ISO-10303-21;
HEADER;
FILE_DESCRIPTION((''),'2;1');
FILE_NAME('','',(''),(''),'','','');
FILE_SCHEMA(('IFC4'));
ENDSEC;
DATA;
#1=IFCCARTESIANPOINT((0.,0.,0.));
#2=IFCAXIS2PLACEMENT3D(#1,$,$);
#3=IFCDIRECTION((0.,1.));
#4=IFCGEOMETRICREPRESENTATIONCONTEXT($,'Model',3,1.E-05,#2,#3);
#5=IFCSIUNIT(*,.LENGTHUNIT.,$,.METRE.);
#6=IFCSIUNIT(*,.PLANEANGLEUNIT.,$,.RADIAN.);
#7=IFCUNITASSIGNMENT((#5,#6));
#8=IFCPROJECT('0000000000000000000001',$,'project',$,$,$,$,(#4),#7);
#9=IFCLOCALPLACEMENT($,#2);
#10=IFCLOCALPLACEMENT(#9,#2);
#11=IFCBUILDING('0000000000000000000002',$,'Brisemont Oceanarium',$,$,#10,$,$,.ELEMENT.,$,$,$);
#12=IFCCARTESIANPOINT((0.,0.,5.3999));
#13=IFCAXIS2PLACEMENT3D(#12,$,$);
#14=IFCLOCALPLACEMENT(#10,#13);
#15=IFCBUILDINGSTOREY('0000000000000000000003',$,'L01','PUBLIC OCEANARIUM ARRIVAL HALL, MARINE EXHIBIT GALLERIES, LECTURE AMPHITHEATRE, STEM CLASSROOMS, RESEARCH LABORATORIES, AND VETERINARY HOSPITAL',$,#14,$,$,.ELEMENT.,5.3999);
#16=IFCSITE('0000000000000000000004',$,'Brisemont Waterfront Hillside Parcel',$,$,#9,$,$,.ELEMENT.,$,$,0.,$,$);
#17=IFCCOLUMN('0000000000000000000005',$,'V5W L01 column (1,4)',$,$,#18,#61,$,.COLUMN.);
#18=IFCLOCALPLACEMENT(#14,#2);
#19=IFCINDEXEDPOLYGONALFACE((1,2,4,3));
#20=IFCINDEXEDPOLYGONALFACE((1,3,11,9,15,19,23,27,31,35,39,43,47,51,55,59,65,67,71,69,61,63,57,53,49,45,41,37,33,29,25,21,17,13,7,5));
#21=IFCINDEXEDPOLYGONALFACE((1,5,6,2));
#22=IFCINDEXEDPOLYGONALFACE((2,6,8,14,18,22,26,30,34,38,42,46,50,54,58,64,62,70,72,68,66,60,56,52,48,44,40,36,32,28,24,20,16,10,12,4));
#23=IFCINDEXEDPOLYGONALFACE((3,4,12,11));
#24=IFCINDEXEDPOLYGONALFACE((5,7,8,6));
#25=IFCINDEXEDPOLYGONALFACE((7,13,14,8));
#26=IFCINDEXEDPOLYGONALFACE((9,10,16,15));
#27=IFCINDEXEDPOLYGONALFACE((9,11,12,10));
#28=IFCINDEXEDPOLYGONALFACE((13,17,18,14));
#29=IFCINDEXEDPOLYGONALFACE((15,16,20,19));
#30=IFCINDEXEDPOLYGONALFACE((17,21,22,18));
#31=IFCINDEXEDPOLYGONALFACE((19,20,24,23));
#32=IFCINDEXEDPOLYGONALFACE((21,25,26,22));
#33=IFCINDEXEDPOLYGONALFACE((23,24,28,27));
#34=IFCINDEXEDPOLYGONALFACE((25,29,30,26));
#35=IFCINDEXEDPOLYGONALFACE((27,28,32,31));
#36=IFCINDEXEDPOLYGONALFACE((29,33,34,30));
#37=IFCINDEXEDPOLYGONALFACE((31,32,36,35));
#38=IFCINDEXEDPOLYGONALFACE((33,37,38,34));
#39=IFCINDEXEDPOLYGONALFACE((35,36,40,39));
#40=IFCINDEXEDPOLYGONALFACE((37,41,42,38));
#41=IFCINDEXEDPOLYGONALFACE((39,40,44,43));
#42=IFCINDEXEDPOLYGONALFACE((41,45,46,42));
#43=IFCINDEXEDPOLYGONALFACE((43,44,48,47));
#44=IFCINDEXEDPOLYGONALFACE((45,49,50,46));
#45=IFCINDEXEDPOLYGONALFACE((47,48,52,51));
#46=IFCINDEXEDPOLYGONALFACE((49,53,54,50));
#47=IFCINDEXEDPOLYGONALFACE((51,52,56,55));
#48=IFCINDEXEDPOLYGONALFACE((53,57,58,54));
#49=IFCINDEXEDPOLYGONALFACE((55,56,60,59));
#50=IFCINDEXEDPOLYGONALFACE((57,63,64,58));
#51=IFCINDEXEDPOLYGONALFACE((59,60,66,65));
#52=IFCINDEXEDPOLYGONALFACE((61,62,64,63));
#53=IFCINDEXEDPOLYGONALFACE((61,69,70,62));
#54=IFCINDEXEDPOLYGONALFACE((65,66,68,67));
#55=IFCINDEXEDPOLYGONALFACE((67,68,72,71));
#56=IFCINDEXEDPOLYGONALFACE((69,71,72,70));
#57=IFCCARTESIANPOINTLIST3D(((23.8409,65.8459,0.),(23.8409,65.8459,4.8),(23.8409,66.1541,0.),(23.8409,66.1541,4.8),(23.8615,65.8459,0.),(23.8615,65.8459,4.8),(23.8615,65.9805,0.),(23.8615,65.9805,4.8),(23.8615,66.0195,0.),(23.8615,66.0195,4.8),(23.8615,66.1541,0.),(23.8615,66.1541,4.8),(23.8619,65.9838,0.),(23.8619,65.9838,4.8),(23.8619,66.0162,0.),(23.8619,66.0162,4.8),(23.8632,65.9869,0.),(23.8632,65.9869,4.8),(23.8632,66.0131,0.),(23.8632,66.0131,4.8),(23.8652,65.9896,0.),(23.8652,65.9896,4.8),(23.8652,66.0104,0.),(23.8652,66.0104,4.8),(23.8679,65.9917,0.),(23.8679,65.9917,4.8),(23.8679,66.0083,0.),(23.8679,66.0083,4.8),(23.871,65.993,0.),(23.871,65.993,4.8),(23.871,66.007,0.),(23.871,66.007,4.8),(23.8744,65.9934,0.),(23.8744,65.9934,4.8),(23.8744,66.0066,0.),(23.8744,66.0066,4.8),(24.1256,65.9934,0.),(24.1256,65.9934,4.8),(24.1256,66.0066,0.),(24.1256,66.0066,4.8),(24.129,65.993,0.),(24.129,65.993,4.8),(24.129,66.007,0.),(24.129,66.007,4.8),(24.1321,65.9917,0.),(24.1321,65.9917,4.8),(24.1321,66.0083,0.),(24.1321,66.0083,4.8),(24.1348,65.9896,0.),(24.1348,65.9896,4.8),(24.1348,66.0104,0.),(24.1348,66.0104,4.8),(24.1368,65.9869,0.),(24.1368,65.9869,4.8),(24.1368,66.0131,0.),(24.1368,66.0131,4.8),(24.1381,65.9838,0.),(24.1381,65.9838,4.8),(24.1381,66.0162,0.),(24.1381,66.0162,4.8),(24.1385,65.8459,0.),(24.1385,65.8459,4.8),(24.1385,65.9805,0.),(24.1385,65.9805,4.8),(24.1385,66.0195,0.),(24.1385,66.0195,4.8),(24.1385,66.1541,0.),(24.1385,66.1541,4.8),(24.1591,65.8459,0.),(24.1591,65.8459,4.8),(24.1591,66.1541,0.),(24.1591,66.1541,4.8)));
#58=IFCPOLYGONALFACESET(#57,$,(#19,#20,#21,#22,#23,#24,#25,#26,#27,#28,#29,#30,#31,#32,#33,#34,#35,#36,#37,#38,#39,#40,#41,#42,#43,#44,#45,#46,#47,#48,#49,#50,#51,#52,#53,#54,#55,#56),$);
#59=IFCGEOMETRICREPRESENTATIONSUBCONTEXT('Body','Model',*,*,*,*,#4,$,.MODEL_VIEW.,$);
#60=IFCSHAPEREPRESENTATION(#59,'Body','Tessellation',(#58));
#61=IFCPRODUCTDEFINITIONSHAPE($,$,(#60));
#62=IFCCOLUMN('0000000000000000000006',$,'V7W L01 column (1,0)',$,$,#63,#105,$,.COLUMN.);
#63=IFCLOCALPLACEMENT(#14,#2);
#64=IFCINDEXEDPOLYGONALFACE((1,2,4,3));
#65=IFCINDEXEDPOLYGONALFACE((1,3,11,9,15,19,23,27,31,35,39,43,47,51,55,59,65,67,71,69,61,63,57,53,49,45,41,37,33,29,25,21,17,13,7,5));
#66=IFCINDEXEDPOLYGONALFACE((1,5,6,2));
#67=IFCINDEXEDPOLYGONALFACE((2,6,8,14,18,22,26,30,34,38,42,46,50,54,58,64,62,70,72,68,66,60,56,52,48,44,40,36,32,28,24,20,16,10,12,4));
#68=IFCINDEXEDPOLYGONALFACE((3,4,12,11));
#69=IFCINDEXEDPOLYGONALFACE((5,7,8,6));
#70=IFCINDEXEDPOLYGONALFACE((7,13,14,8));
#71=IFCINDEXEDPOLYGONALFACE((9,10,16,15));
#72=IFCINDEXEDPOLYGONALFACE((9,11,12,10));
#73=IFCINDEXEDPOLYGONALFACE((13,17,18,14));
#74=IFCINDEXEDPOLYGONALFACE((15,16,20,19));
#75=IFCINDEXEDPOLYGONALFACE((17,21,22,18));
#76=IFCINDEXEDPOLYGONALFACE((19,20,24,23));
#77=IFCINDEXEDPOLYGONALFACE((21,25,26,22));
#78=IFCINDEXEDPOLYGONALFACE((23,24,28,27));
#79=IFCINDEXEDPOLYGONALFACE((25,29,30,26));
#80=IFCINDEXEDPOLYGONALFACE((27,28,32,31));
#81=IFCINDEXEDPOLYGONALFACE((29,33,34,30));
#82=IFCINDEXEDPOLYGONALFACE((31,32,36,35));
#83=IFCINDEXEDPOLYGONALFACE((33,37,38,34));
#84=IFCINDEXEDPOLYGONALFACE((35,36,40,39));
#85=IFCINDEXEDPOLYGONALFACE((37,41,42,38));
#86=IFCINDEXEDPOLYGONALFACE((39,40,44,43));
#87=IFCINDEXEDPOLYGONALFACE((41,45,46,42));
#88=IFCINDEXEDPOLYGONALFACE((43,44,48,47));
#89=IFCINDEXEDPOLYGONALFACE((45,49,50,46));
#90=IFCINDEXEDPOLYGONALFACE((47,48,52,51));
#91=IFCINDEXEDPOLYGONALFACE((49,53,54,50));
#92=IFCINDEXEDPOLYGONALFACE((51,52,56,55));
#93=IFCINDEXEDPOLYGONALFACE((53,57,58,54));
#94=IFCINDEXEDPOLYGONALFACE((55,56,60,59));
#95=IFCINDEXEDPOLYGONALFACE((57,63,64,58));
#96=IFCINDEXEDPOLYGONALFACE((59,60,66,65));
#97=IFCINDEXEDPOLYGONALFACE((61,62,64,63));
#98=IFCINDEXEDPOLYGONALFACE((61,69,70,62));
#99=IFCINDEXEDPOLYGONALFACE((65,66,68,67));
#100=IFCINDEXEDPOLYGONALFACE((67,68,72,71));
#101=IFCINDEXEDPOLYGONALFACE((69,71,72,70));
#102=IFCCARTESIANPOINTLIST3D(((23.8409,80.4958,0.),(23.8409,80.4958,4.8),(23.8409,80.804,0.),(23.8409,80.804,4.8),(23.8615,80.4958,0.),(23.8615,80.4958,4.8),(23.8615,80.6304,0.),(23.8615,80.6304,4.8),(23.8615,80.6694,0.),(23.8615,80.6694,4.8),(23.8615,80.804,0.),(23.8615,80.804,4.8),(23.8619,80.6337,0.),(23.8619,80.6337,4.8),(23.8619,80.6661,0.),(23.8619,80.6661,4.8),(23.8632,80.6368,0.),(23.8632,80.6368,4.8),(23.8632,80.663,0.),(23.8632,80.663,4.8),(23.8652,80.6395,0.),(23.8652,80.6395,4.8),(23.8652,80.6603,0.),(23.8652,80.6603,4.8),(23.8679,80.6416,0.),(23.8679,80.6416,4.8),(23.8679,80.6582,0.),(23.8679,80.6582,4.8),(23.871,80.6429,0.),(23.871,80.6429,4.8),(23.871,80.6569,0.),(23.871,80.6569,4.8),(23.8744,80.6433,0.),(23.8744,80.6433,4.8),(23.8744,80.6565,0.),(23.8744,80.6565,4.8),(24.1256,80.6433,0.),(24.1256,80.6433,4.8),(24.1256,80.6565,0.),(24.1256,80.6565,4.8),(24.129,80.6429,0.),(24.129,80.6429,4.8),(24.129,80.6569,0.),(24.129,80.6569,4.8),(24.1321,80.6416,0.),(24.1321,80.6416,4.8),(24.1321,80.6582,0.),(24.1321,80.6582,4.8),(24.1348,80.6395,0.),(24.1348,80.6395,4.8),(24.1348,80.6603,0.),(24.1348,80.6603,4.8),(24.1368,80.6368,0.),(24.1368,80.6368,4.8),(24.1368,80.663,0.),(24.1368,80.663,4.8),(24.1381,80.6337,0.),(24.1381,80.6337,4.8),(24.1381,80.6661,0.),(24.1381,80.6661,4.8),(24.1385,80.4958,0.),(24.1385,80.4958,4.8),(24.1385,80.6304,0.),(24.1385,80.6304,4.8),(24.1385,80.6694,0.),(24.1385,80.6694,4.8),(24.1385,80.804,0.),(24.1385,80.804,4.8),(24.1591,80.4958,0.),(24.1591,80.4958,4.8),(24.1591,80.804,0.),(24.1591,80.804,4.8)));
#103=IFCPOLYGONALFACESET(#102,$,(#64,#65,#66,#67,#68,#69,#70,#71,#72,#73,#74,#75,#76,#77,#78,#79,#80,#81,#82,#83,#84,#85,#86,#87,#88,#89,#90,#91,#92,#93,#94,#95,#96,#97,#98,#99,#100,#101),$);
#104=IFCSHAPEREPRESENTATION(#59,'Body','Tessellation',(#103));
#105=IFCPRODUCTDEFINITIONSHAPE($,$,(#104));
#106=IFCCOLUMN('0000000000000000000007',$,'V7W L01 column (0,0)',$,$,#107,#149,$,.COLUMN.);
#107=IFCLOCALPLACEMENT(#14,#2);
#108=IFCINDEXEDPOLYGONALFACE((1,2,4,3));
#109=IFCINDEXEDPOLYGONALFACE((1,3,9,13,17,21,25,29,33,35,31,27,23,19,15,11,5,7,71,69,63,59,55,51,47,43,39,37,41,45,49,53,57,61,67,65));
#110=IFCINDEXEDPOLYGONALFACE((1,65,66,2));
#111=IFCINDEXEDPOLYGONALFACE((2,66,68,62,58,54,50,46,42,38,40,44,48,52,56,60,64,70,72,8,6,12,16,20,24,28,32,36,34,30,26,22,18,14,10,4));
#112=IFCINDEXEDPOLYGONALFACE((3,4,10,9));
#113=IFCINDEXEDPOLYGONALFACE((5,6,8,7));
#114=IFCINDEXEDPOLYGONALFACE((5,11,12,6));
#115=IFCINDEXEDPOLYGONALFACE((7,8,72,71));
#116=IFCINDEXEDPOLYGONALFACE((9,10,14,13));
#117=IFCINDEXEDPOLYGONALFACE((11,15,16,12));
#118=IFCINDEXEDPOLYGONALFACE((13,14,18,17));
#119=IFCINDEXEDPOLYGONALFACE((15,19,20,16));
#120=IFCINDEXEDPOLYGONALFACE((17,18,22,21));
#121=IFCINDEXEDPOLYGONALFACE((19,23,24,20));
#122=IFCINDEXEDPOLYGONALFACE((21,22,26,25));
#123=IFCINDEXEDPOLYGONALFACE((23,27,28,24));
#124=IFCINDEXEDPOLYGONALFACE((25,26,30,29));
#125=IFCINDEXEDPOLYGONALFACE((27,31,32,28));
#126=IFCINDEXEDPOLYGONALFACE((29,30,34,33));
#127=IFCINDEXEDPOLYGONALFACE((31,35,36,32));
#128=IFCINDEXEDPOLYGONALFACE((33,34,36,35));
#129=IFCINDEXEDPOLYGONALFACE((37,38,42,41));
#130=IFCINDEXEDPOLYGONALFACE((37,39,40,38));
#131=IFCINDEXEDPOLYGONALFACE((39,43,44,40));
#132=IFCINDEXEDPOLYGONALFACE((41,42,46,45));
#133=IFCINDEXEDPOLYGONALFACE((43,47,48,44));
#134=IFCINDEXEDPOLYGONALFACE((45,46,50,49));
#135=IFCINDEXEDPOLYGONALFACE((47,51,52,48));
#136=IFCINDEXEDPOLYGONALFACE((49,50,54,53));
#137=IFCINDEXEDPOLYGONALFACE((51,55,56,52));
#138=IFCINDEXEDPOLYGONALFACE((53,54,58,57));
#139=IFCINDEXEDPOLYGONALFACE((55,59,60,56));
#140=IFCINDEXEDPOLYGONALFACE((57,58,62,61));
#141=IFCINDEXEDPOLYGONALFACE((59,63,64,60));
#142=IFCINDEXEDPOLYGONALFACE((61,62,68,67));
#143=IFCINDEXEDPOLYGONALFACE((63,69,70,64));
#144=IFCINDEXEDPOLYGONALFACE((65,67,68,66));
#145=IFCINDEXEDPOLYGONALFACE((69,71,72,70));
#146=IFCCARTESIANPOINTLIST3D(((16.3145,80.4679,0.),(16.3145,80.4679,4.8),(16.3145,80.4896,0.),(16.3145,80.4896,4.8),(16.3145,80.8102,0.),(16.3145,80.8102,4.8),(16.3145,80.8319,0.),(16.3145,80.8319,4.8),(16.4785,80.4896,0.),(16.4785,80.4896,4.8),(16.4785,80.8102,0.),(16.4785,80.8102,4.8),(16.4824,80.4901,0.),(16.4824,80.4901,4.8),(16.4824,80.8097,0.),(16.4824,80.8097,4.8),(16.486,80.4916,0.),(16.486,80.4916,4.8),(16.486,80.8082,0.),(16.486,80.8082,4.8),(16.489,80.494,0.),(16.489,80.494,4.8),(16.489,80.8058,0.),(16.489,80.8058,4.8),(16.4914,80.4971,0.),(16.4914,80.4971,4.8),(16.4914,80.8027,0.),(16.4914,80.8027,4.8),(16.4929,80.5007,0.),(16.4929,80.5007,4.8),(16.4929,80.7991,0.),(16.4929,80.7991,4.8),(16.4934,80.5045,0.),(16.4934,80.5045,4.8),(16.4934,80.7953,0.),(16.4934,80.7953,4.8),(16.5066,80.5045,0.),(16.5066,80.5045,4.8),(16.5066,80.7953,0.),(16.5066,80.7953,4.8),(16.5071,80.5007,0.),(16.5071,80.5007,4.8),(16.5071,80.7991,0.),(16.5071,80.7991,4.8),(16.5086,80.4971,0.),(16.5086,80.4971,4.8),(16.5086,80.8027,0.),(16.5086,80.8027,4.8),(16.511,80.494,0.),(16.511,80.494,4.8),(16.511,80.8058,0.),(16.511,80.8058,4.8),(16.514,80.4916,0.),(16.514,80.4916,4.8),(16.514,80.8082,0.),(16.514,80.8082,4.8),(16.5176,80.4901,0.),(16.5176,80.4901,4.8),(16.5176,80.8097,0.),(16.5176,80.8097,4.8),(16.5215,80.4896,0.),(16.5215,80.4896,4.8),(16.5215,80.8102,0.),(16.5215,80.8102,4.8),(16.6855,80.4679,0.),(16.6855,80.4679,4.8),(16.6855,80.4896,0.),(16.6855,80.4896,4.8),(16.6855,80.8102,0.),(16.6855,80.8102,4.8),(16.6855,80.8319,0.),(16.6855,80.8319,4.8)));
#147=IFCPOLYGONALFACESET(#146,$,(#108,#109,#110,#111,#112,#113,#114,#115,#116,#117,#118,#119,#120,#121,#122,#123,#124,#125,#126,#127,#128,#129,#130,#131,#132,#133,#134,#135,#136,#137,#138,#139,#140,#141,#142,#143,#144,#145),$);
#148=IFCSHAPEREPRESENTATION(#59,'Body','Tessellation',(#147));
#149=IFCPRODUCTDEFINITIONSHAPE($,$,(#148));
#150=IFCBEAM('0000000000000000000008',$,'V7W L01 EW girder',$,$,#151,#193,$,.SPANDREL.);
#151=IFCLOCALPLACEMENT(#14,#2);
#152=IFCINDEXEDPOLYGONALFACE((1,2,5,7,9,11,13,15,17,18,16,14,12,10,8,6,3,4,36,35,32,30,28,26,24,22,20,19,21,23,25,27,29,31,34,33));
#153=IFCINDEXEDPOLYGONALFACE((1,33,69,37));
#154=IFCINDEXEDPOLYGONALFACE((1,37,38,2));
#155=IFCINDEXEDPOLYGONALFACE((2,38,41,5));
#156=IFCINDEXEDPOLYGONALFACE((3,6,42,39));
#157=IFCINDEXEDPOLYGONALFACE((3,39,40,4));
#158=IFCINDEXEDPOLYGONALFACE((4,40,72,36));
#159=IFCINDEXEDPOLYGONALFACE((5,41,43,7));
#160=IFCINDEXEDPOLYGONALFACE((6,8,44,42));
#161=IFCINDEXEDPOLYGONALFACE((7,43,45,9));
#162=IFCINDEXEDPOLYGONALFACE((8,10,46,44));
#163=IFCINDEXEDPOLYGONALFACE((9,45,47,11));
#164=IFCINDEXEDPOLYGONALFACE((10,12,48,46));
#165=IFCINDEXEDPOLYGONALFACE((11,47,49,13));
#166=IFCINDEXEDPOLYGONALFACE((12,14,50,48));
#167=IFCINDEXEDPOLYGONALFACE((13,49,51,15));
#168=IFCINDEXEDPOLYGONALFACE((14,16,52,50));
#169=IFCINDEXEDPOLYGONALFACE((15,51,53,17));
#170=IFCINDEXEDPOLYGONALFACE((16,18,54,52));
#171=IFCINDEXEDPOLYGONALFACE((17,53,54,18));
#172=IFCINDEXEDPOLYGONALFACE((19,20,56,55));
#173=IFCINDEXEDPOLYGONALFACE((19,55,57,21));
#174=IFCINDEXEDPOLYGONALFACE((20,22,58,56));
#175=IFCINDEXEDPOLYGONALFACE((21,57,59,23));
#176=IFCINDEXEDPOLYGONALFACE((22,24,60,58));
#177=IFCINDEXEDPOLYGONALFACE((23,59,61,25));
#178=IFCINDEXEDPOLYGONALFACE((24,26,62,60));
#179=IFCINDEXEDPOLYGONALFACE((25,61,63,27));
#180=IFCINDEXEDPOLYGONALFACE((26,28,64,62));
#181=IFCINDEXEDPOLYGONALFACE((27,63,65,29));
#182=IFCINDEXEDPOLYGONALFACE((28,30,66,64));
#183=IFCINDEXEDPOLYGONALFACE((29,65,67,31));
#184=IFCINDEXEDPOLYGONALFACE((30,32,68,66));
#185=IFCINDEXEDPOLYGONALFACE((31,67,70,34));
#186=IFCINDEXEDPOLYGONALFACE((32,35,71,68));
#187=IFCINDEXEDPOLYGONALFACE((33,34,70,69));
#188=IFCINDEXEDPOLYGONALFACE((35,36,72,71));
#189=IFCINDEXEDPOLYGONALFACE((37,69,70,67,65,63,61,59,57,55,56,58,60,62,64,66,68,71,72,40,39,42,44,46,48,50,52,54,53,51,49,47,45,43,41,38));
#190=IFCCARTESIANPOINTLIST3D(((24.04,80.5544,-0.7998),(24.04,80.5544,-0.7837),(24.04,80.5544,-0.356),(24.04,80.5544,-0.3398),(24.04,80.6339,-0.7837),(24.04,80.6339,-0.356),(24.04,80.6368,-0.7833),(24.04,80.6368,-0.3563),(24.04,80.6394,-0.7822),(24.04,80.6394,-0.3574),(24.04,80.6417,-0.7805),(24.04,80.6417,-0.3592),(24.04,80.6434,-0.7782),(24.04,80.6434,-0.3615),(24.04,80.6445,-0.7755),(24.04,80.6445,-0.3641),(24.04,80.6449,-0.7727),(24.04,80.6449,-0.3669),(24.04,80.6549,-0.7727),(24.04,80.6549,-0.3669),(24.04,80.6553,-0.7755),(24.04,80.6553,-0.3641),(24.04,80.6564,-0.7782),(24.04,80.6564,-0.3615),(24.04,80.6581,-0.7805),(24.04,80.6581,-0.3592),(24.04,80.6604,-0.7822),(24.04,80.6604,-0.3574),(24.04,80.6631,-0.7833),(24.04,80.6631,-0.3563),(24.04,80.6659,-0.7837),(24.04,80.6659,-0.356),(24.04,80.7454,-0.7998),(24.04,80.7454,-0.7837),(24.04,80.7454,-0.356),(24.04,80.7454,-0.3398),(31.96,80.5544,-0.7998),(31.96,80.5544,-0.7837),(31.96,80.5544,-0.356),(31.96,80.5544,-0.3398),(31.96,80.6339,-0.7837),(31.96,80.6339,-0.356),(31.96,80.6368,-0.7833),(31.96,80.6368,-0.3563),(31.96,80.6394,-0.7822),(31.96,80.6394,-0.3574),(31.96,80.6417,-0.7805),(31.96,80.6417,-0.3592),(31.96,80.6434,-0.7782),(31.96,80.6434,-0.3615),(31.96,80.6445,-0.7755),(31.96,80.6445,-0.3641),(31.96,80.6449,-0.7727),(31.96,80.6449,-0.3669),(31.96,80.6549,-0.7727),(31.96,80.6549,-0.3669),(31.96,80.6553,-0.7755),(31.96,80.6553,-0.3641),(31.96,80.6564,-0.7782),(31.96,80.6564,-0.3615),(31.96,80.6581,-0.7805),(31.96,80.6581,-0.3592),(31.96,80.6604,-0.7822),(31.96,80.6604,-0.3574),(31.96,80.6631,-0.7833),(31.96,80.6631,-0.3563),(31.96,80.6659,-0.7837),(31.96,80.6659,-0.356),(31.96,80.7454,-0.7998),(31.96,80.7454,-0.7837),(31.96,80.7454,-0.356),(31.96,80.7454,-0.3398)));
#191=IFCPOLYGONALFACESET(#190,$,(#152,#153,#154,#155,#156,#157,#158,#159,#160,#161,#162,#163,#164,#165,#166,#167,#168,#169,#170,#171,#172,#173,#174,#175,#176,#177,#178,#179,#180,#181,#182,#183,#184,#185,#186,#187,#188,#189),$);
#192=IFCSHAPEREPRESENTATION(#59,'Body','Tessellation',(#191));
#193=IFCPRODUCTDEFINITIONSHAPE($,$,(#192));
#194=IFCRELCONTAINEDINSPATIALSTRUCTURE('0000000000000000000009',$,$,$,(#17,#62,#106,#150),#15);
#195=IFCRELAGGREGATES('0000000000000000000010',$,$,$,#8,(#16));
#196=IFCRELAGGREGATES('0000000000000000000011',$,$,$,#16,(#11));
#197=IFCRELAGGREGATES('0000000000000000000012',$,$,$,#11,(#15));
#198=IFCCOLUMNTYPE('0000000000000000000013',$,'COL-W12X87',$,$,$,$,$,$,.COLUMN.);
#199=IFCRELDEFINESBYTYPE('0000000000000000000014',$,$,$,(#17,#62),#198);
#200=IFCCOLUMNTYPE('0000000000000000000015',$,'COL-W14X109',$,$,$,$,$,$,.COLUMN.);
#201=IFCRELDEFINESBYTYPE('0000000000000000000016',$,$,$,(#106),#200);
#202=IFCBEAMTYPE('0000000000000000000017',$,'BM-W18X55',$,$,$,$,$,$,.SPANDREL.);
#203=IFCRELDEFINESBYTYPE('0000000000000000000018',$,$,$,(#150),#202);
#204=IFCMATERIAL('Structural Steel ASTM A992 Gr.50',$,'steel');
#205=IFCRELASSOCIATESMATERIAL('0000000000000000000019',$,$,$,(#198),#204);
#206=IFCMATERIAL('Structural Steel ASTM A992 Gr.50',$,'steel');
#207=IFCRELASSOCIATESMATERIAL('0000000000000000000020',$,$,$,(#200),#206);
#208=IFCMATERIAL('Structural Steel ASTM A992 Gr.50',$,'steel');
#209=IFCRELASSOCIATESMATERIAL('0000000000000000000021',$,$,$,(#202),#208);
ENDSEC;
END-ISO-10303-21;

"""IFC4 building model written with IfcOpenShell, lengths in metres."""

from ifc_helpers import new_model, si_unit, direction, frame, origin, origin_2d, place, context, subcontext, project, spatial, i_section, extrude, material, material_profile, profile_set, type_object, element, save


model = new_model("IFC4")

# Units and contexts
model_context = context("Model", 3, precision=1e-05, world=origin(), true_north=direction((0.0, 1.0)))
body_context = subcontext(model_context, "Body", "Model", "MODEL_VIEW")
ifc_project = project(units=[si_unit("LENGTHUNIT", "METRE"), si_unit("PLANEANGLEUNIT", "RADIAN")], contexts=[model_context])

# Site, building, storey
site_placement = place(None, origin())
site = spatial("IfcSite", under=ifc_project, at=site_placement, Name="Brisemont Waterfront Hillside Parcel", CompositionType="ELEMENT", RefElevation=0.0)
building_placement = place(site_placement, origin())
building = spatial("IfcBuilding", under=site, at=building_placement, Name="Brisemont Oceanarium", CompositionType="ELEMENT")
storey_placement = place(building_placement, frame((0.0, 0.0, 5.3999)))
storey = spatial("IfcBuildingStorey", under=building, at=storey_placement, Name="L01", Description="PUBLIC OCEANARIUM ARRIVAL HALL, MARINE EXHIBIT GALLERIES, LECTURE AMPHITHEATRE, STEM CLASSROOMS, RESEARCH LABORATORIES, AND VETERINARY HOSPITAL", CompositionType="ELEMENT", Elevation=5.3999)

# Columns
ifc_material_1 = material(Name="Structural Steel ASTM A992 Gr.50", Category="steel")
ifc_material_profile_1 = material_profile(ifc_material_1, i_section(OverallWidth=0.3081, OverallDepth=0.3181, WebThickness=0.0132, FlangeThickness=0.0205, FilletRadius=0.0129, at=origin_2d()), Name="W12X87")
ifc_profile_set_1 = profile_set([ifc_material_profile_1], Name="Structural Steel ASTM A992 Gr.50")
column_type_1 = type_object("IfcColumnType", Name="COL-W12X87", PredefinedType="COLUMN", material=ifc_profile_set_1)
for number, where, z_axis, x_axis, name in (
    (1, (24.0, 66.0, 0.0), (0.0, 0.0, 1.0), (0.0, 1.0, 0.0), "V5W L01 column (1,4)"),
    (2, (24.0, 80.6499, 0.0), (0.0, 0.0, 1.0), (0.0, 1.0, 0.0), "V7W L01 column (1,0)"),
):
    element("IfcColumn", number, at=place(storey_placement, frame(where, z_axis=z_axis, x_axis=x_axis)), inside=storey, type_object=column_type_1, Name=name, PredefinedType="COLUMN", context=body_context, shape_type="SweptSolid", body=[
        extrude(i_section(OverallWidth=0.3081, OverallDepth=0.3181, WebThickness=0.0132, FlangeThickness=0.0205, FilletRadius=0.0129, at=origin_2d()), origin(), (0.0, 0.0, 1.0), 4.8),
    ])
ifc_material_2 = material(Name="Structural Steel ASTM A992 Gr.50", Category="steel")
ifc_material_profile_2 = material_profile(ifc_material_2, i_section(OverallWidth=0.3711, OverallDepth=0.364, WebThickness=0.0132, FlangeThickness=0.0217, FilletRadius=0.0149, at=origin_2d()), Name="W14X109")
ifc_profile_set_2 = profile_set([ifc_material_profile_2], Name="Structural Steel ASTM A992 Gr.50")
column_type_2 = type_object("IfcColumnType", Name="COL-W14X109", PredefinedType="COLUMN", material=ifc_profile_set_2)
column_placement = place(storey_placement, frame((16.5, 80.6499, 0.0), z_axis=(0.0, 0.0, 1.0), x_axis=(1.0, 0.0, 0.0)))
element("IfcColumn", 3, at=column_placement, inside=storey, type_object=column_type_2, Name="V7W L01 column (0,0)", PredefinedType="COLUMN", context=body_context, shape_type="SweptSolid", body=[
    extrude(i_section(OverallWidth=0.3711, OverallDepth=0.364, WebThickness=0.0132, FlangeThickness=0.0217, FilletRadius=0.0149, at=origin_2d()), origin(), (0.0, 0.0, 1.0), 4.8),
])

# Beam
ifc_material_3 = material(Name="Structural Steel ASTM A992 Gr.50", Category="steel")
ifc_material_profile_3 = material_profile(ifc_material_3, i_section(OverallWidth=0.1909, OverallDepth=0.46, WebThickness=0.01, FlangeThickness=0.0161, FilletRadius=0.011, at=origin_2d()), Name="W18X55")
ifc_profile_set_3 = profile_set([ifc_material_profile_3], Name="Structural Steel ASTM A992 Gr.50")
beam_type_1 = type_object("IfcBeamType", Name="BM-W18X55", PredefinedType="SPANDREL", material=ifc_profile_set_3)
beam_1_placement = place(storey_placement, frame((24.04, 80.6499, -0.5698), z_axis=(1.0, 0.0, 0.0), x_axis=(0.0, 1.0, 0.0)))
element("IfcBeam", 4, at=beam_1_placement, inside=storey, type_object=beam_type_1, Name="V7W L01 EW girder", PredefinedType="SPANDREL", context=body_context, shape_type="SweptSolid", body=[
    extrude(i_section(OverallWidth=0.1909, OverallDepth=0.46, WebThickness=0.01, FlangeThickness=0.0161, FilletRadius=0.011, at=origin_2d()), origin(), (0.0, 0.0, 1.0), 7.9199),
])

save(model, "model.ifc")
